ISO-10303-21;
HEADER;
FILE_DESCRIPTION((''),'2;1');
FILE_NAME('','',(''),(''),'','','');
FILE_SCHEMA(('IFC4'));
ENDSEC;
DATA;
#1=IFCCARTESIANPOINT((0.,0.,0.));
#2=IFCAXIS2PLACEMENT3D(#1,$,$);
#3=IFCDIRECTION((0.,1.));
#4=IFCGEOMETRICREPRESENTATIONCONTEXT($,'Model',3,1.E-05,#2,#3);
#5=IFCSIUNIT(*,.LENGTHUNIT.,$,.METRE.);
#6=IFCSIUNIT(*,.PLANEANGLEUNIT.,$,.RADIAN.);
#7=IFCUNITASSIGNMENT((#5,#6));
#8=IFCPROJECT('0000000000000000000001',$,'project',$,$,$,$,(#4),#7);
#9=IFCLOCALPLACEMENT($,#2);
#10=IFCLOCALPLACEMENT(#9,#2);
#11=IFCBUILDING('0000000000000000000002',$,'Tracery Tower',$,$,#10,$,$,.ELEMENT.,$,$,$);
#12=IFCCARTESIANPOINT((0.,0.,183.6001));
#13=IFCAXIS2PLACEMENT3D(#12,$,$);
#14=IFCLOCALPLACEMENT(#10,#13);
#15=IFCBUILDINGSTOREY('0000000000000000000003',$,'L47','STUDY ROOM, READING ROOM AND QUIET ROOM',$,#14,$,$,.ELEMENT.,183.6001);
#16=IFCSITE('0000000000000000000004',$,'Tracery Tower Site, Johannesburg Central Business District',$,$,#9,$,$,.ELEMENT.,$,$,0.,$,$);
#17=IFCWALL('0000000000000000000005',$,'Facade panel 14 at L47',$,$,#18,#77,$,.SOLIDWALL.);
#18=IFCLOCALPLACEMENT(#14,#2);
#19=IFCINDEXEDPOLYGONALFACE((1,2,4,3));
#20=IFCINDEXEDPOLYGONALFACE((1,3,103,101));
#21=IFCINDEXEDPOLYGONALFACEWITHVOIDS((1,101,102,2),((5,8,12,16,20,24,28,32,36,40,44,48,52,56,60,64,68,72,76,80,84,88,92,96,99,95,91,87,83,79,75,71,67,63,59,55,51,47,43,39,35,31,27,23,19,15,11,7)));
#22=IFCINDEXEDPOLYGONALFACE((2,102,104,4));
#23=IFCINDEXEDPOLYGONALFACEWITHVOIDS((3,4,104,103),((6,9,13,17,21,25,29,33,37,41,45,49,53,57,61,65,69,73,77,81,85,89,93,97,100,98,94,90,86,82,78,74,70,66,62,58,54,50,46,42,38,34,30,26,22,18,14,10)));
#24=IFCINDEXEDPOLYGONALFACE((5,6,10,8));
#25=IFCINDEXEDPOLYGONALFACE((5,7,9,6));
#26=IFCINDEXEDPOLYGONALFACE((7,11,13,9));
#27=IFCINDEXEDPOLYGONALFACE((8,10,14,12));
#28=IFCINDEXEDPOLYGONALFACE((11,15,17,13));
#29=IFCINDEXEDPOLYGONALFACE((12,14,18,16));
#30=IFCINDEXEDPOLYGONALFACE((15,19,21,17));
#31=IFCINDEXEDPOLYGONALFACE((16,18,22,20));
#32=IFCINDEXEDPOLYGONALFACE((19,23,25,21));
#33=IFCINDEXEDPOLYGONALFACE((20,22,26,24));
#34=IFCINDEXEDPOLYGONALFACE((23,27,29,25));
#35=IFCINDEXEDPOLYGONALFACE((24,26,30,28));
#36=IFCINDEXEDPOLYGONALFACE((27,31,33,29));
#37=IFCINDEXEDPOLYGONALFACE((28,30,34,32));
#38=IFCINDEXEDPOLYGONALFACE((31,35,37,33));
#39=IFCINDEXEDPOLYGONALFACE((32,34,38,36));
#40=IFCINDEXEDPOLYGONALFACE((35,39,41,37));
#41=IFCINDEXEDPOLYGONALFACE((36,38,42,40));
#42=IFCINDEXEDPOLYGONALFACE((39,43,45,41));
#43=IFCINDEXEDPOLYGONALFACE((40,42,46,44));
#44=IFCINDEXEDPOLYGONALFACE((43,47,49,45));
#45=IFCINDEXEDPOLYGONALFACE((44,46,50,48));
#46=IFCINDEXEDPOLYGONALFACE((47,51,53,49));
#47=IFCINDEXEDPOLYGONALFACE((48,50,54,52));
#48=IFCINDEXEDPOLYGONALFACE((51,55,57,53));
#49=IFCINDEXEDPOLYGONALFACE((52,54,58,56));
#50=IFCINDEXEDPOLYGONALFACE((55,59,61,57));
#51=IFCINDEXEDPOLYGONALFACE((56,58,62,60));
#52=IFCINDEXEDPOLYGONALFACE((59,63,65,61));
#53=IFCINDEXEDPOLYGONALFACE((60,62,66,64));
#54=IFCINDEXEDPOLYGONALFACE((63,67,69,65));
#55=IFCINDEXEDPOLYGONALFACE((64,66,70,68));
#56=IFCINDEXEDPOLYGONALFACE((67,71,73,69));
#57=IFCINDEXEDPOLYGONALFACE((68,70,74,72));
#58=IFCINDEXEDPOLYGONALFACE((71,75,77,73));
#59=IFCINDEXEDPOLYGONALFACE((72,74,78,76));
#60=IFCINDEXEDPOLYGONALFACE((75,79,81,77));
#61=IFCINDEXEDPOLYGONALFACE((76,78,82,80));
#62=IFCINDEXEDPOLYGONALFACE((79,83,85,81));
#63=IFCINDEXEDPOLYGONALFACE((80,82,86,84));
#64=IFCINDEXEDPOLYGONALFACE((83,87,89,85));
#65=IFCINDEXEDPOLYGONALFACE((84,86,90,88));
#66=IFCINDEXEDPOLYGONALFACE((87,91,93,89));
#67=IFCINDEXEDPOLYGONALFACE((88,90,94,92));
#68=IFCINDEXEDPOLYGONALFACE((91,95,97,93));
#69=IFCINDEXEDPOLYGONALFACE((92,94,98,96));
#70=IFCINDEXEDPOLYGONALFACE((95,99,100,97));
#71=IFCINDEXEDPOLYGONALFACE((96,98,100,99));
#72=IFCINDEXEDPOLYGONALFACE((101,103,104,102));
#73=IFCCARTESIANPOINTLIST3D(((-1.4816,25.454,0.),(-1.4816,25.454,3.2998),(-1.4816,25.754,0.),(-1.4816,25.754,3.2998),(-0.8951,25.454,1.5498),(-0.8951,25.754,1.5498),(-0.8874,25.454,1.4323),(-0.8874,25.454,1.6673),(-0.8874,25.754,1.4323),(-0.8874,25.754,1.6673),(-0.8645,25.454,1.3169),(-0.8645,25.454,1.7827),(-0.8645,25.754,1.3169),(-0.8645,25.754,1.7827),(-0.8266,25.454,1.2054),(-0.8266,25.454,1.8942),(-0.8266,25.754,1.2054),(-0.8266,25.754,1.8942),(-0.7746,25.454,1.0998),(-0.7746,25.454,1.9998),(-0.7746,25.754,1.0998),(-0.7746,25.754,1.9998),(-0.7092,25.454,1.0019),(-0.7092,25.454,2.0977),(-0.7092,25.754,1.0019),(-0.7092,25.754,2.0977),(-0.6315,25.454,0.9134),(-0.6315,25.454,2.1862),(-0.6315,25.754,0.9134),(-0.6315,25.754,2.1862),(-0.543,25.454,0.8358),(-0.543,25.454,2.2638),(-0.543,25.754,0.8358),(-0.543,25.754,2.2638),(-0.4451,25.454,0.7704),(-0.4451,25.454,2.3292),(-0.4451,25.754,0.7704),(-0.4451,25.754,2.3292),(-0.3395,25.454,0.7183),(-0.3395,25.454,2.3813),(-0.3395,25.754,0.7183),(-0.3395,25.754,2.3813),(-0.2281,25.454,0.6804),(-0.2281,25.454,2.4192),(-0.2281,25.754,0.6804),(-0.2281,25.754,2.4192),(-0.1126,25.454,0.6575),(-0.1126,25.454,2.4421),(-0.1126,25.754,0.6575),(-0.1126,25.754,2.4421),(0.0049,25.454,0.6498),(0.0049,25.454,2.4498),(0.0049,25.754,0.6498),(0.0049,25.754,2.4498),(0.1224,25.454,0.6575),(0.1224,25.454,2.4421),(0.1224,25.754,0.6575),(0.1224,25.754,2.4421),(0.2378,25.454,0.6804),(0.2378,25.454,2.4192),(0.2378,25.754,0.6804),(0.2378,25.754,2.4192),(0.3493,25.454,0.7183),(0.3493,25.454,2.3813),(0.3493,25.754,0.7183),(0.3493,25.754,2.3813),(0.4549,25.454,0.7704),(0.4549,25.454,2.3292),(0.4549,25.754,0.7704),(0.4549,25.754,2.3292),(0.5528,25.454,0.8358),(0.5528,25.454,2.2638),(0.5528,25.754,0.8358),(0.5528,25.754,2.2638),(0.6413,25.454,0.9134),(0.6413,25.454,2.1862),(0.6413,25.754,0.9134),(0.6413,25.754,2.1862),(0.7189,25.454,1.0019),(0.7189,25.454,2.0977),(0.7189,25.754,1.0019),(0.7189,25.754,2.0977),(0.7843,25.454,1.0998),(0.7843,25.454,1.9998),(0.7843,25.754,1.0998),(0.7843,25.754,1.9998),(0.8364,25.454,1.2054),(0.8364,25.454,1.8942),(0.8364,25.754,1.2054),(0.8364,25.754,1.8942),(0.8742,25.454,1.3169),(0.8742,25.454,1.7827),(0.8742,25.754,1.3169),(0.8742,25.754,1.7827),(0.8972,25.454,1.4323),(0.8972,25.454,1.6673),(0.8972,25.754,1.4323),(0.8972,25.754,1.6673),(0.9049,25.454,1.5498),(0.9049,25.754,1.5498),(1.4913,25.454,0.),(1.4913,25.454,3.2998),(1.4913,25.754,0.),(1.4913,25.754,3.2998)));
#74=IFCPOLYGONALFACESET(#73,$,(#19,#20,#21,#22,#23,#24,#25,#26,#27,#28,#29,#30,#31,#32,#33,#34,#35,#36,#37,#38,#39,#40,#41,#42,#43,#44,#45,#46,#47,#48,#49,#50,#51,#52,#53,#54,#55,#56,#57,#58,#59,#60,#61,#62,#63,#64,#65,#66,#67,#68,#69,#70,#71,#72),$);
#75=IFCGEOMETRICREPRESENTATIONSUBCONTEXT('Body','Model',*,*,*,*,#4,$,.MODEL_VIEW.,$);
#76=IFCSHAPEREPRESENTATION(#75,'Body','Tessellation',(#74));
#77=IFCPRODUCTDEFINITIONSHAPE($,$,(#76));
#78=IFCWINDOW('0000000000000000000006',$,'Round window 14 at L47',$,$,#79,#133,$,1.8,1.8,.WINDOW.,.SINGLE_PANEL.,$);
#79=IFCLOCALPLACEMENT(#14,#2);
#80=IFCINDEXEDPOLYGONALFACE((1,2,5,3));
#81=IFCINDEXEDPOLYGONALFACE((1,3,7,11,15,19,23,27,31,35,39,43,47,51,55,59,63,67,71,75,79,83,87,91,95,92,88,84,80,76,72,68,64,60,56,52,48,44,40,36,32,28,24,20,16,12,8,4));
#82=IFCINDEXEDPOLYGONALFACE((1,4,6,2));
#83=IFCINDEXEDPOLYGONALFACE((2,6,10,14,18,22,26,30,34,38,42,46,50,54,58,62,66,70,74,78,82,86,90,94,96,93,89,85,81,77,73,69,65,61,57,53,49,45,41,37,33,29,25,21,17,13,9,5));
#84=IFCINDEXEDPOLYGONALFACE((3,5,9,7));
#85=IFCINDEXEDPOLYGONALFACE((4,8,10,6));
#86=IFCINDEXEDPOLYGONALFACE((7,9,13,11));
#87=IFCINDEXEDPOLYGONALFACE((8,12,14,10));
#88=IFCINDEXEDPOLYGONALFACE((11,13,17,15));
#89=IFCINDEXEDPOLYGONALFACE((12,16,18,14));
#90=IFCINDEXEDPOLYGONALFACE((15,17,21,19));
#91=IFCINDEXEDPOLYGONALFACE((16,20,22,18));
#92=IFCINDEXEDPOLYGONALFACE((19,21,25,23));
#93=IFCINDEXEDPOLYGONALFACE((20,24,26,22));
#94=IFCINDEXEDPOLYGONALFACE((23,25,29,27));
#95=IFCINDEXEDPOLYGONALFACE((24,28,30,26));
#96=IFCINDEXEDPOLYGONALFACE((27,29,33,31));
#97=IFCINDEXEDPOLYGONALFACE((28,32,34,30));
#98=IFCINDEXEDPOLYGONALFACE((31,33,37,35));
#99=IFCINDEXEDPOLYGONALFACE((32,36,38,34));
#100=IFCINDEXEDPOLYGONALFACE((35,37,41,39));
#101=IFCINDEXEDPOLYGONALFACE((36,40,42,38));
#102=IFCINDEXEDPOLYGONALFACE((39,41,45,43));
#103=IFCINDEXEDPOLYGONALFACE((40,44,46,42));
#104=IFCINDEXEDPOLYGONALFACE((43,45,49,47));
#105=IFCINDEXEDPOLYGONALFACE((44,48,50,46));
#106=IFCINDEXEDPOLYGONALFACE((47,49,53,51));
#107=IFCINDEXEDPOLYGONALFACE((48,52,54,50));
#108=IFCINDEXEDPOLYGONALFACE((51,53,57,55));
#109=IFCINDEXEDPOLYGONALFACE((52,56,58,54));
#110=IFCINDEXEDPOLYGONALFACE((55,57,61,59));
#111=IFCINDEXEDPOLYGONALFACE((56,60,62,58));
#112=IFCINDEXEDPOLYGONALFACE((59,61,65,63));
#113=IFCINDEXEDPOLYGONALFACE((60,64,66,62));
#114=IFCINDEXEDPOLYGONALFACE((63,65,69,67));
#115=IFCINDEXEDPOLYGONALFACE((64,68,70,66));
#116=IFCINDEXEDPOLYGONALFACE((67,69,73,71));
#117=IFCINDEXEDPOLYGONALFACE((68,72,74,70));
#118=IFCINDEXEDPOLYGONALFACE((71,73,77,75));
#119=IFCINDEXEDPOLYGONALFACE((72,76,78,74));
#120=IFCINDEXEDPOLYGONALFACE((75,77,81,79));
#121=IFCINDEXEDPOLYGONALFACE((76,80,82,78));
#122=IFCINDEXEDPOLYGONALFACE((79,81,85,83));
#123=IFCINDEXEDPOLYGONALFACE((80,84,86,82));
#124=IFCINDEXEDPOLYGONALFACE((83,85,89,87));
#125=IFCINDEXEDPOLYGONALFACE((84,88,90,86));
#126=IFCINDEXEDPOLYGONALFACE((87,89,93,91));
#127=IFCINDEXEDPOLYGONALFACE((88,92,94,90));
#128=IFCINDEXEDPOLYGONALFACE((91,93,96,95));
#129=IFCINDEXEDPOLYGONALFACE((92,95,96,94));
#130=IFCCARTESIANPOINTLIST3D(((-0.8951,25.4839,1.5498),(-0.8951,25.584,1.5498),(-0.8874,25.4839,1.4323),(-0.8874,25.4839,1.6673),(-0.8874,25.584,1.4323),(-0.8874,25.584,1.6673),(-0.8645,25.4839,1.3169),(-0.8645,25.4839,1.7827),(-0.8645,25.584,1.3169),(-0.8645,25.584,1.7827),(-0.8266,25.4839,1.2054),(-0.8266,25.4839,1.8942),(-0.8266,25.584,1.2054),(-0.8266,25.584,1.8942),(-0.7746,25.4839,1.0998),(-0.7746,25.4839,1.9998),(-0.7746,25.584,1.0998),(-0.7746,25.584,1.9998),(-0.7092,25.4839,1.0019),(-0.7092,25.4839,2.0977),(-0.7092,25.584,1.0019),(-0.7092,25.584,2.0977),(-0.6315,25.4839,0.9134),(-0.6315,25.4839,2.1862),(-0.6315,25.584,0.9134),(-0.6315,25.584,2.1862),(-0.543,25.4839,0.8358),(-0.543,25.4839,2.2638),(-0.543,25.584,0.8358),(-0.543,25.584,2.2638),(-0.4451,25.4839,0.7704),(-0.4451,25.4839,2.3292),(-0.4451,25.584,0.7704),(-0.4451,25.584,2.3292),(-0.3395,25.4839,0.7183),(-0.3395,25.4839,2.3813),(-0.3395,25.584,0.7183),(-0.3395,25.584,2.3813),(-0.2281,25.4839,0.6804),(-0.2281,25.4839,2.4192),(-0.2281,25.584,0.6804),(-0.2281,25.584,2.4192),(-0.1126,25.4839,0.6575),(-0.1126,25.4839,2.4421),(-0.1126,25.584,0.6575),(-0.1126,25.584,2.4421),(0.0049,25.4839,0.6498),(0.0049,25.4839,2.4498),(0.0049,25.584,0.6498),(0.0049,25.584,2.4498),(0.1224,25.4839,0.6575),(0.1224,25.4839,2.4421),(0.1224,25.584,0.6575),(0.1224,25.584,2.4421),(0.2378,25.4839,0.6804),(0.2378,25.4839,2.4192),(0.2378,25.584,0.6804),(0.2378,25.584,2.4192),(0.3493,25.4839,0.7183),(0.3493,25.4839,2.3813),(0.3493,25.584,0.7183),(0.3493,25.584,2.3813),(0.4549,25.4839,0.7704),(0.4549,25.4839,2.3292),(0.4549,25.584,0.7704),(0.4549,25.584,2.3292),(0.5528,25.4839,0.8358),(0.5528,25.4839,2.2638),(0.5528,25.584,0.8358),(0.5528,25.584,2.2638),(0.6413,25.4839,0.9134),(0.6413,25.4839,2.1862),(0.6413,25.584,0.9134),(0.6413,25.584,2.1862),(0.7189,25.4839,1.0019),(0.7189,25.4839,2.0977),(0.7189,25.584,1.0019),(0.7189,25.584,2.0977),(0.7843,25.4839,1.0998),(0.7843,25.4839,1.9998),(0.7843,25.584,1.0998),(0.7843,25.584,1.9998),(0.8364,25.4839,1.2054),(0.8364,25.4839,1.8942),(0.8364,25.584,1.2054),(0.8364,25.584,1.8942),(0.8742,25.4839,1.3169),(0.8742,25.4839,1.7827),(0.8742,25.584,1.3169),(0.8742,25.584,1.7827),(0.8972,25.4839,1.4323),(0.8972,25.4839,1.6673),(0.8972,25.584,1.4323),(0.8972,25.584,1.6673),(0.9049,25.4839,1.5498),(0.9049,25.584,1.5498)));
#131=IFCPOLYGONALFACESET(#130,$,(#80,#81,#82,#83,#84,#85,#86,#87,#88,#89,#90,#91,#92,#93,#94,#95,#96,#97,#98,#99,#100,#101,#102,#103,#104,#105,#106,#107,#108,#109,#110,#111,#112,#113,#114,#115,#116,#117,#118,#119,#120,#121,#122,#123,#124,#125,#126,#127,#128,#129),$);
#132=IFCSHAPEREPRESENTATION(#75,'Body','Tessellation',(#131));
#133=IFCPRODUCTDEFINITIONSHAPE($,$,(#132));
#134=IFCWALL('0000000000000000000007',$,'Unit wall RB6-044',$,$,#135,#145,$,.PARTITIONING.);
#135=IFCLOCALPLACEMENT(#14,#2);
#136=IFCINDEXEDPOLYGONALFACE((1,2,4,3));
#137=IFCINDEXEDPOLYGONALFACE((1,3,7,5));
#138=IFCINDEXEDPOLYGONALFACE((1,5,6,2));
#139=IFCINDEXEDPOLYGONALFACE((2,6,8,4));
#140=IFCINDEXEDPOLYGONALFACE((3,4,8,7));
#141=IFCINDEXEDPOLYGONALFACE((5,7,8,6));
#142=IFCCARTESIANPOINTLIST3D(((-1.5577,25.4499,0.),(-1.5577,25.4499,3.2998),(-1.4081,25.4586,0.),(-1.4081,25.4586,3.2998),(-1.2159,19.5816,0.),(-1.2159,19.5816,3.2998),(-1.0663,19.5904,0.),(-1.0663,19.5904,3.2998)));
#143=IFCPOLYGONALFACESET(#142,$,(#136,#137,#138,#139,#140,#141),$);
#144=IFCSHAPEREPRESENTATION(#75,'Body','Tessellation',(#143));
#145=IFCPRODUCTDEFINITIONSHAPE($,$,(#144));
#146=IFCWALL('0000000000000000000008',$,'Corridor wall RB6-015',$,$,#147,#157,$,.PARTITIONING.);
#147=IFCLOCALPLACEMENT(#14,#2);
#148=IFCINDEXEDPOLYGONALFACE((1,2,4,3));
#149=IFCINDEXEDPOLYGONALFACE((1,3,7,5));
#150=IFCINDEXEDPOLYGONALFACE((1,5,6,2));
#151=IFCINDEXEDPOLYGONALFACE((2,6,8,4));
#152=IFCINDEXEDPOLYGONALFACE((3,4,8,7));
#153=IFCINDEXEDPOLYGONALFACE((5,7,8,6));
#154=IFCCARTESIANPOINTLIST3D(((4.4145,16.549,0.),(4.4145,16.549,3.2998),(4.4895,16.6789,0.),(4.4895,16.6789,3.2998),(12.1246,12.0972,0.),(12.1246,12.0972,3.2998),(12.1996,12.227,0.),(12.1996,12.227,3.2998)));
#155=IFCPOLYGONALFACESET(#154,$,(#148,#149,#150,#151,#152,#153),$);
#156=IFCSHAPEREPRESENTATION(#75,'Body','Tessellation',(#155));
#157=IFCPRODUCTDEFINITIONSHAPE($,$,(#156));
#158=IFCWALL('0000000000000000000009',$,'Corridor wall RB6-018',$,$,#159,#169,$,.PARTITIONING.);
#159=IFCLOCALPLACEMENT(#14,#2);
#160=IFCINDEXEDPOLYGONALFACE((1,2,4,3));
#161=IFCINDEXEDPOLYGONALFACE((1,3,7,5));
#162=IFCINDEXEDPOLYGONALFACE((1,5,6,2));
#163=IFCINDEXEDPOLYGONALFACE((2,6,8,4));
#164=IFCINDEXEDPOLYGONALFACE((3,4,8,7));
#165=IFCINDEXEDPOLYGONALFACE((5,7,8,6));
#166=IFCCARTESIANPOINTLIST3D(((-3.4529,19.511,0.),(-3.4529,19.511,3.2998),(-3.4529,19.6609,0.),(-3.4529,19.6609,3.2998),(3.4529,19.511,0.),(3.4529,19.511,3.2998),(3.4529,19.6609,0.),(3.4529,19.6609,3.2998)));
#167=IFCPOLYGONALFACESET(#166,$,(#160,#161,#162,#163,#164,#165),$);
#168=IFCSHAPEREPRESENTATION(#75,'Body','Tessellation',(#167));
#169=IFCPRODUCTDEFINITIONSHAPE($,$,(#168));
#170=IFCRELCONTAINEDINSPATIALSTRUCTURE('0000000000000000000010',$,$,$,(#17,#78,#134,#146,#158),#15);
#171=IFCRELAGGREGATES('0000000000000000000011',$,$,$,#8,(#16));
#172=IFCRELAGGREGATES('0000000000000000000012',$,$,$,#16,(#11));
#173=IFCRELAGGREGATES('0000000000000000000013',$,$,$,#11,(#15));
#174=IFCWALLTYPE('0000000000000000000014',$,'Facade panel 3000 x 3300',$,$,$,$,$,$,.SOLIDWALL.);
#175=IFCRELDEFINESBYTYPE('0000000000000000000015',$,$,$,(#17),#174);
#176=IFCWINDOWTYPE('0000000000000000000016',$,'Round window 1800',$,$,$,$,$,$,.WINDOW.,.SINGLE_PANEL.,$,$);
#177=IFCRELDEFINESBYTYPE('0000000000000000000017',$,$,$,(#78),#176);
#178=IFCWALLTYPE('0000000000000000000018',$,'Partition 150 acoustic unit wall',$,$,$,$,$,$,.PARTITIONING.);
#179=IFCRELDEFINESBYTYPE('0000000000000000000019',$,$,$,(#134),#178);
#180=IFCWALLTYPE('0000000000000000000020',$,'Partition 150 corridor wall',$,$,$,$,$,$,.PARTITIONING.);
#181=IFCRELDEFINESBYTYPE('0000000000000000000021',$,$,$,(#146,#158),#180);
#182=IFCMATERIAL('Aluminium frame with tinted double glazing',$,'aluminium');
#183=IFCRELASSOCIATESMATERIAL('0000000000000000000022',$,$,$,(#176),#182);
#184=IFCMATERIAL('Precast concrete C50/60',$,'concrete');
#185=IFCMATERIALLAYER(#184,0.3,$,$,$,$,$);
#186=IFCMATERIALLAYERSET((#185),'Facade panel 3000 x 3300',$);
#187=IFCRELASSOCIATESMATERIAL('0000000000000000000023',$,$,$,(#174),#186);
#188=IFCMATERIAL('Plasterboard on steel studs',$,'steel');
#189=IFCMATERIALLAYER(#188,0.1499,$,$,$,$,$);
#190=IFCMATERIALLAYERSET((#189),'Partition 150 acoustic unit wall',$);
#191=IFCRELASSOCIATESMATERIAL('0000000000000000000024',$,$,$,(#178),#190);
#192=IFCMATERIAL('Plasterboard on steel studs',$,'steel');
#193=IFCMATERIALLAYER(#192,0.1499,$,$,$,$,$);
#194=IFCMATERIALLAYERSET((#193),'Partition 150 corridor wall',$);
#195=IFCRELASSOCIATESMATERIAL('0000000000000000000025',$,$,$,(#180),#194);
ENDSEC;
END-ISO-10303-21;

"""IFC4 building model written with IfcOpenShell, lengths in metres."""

from ifc_helpers import new_model, si_unit, direction, frame, frame_2d, origin, origin_2d, place, context, subcontext, project, spatial, rectangle, circle, extrude, material, layer, layer_set, type_object, element, fill, save


model = new_model("IFC4")

# Units and contexts
model_context = context("Model", 3, precision=1e-05, world=origin(), true_north=direction((0.0, 1.0)))
body_context = subcontext(model_context, "Body", "Model", "MODEL_VIEW")
ifc_project = project(units=[si_unit("LENGTHUNIT", "METRE"), si_unit("PLANEANGLEUNIT", "RADIAN")], contexts=[model_context])

# Site, building, storey
site_placement = place(None, origin())
site = spatial("IfcSite", under=ifc_project, at=site_placement, Name="Tracery Tower Site, Johannesburg Central Business District", CompositionType="ELEMENT", RefElevation=0.0)
building_placement = place(site_placement, origin())
building = spatial("IfcBuilding", under=site, at=building_placement, Name="Tracery Tower", CompositionType="ELEMENT")
storey_placement = place(building_placement, frame((0.0, 0.0, 183.6001)))
storey = spatial("IfcBuildingStorey", under=building, at=storey_placement, Name="L47", Description="STUDY ROOM, READING ROOM AND QUIET ROOM", CompositionType="ELEMENT", Elevation=183.6001)

# Wall, opening, window
ifc_material_1 = material(Name="Aluminium frame with tinted double glazing", Category="aluminium")
window_type = type_object("IfcWindowType", Name="Round window 1800", PartitioningType="SINGLE_PANEL", PredefinedType="WINDOW", material=ifc_material_1)
ifc_material_2 = material(Name="Precast concrete C50/60", Category="concrete")
ifc_layer_1 = layer(ifc_material_2, 0.3)
ifc_layer_set_1 = layer_set([ifc_layer_1], Name="Facade panel 3000 x 3300")
wall_type_1 = type_object("IfcWallType", Name="Facade panel 3000 x 3300", PredefinedType="SOLIDWALL", material=ifc_layer_set_1)
wall_1_placement = place(storey_placement, frame((1.4912, 25.604, 0.0), z_axis=(0.0, 0.0, 1.0), x_axis=(-1.0, 0.0, 0.0)))
wall_1 = element("IfcWall", 1, at=wall_1_placement, inside=storey, type_object=wall_type_1, Name="Facade panel 14 at L47", PredefinedType="SOLIDWALL", context=body_context, shape_type="SweptSolid", body=[
    extrude(rectangle(XDim=2.9729, YDim=0.3, at=frame_2d((1.4863, 0.0))), origin(), (0.0, 0.0, 1.0), 3.2998),
])
opening_1_placement = place(wall_1_placement, frame((1.4863, 0.0, 1.5498)))
opening_1 = element("IfcOpeningElement", 2, at=opening_1_placement, cuts=wall_1, PredefinedType="OPENING", context=body_context, shape_type="SweptSolid", body=[
    extrude(circle(Radius=0.9, at=origin_2d()), frame((0.0, 0.1599, 0.0), z_axis=(0.0, -1.0, 0.0), x_axis=(1.0, 0.0, 0.0)), (0.0, 0.0, 1.0), 0.3201),
])
window_1_placement = place(opening_1_placement, origin())
window_1 = element("IfcWindow", 3, at=window_1_placement, inside=storey, type_object=window_type, Name="Round window 14 at L47", OverallHeight=1.8, OverallWidth=1.8, PartitioningType="SINGLE_PANEL", PredefinedType="WINDOW", context=body_context, shape_type="SweptSolid", body=[
    extrude(circle(Radius=0.9, at=origin_2d()), frame((0.0, 0.1201, 0.0), z_axis=(0.0, -1.0, 0.0), x_axis=(1.0, 0.0, 0.0)), (0.0, 0.0, 1.0), 0.1001),
])
fill(opening_1, window_1)

# Walls
ifc_material_3 = material(Name="Plasterboard on steel studs", Category="steel")
ifc_layer_2 = layer(ifc_material_3, 0.1499)
ifc_layer_set_2 = layer_set([ifc_layer_2], Name="Partition 150 acoustic unit wall")
wall_type_2 = type_object("IfcWallType", Name="Partition 150 acoustic unit wall", PredefinedType="PARTITIONING", material=ifc_layer_set_2)
wall_2_placement = place(storey_placement, frame((-1.4829, 25.4541, 0.0), z_axis=(0.0, 0.0, 1.0), x_axis=(0.058147, -0.998308, 0.0)))
element("IfcWall", 4, at=wall_2_placement, inside=storey, type_object=wall_type_2, Name="Unit wall RB6-044", PredefinedType="PARTITIONING", context=body_context, shape_type="SweptSolid", body=[
    extrude(rectangle(XDim=5.8782, YDim=0.1499, at=frame_2d((2.939, 0.0))), origin(), (0.0, 0.0, 1.0), 3.2998),
])
ifc_material_4 = material(Name="Plasterboard on steel studs", Category="steel")
ifc_layer_3 = layer(ifc_material_4, 0.1499)
ifc_layer_set_3 = layer_set([ifc_layer_3], Name="Partition 150 corridor wall")
wall_type_3 = type_object("IfcWallType", Name="Partition 150 corridor wall", PredefinedType="PARTITIONING", material=ifc_layer_set_3)
wall_3_placement = place(storey_placement, frame((4.4519, 16.614, 0.0), z_axis=(0.0, 0.0, 1.0), x_axis=(0.866005, -0.500035, 0.0)))
element("IfcWall", 5, at=wall_3_placement, inside=storey, type_object=wall_type_3, Name="Corridor wall RB6-015", PredefinedType="PARTITIONING", context=body_context, shape_type="SweptSolid", body=[
    extrude(rectangle(XDim=8.9031, YDim=0.1499, at=frame_2d((4.4517, 0.0))), origin(), (0.0, 0.0, 1.0), 3.2998),
])
wall_4_placement = place(storey_placement, frame((-3.4529, 19.5859, 0.0), z_axis=(0.0, 0.0, 1.0), x_axis=(1.0, 0.0, 0.0)))
element("IfcWall", 6, at=wall_4_placement, inside=storey, type_object=wall_type_3, Name="Corridor wall RB6-018", PredefinedType="PARTITIONING", context=body_context, shape_type="SweptSolid", body=[
    extrude(rectangle(XDim=6.9058, YDim=0.1499, at=frame_2d((3.4529, 0.0))), origin(), (0.0, 0.0, 1.0), 3.2998),
])

save(model, "model.ifc")
